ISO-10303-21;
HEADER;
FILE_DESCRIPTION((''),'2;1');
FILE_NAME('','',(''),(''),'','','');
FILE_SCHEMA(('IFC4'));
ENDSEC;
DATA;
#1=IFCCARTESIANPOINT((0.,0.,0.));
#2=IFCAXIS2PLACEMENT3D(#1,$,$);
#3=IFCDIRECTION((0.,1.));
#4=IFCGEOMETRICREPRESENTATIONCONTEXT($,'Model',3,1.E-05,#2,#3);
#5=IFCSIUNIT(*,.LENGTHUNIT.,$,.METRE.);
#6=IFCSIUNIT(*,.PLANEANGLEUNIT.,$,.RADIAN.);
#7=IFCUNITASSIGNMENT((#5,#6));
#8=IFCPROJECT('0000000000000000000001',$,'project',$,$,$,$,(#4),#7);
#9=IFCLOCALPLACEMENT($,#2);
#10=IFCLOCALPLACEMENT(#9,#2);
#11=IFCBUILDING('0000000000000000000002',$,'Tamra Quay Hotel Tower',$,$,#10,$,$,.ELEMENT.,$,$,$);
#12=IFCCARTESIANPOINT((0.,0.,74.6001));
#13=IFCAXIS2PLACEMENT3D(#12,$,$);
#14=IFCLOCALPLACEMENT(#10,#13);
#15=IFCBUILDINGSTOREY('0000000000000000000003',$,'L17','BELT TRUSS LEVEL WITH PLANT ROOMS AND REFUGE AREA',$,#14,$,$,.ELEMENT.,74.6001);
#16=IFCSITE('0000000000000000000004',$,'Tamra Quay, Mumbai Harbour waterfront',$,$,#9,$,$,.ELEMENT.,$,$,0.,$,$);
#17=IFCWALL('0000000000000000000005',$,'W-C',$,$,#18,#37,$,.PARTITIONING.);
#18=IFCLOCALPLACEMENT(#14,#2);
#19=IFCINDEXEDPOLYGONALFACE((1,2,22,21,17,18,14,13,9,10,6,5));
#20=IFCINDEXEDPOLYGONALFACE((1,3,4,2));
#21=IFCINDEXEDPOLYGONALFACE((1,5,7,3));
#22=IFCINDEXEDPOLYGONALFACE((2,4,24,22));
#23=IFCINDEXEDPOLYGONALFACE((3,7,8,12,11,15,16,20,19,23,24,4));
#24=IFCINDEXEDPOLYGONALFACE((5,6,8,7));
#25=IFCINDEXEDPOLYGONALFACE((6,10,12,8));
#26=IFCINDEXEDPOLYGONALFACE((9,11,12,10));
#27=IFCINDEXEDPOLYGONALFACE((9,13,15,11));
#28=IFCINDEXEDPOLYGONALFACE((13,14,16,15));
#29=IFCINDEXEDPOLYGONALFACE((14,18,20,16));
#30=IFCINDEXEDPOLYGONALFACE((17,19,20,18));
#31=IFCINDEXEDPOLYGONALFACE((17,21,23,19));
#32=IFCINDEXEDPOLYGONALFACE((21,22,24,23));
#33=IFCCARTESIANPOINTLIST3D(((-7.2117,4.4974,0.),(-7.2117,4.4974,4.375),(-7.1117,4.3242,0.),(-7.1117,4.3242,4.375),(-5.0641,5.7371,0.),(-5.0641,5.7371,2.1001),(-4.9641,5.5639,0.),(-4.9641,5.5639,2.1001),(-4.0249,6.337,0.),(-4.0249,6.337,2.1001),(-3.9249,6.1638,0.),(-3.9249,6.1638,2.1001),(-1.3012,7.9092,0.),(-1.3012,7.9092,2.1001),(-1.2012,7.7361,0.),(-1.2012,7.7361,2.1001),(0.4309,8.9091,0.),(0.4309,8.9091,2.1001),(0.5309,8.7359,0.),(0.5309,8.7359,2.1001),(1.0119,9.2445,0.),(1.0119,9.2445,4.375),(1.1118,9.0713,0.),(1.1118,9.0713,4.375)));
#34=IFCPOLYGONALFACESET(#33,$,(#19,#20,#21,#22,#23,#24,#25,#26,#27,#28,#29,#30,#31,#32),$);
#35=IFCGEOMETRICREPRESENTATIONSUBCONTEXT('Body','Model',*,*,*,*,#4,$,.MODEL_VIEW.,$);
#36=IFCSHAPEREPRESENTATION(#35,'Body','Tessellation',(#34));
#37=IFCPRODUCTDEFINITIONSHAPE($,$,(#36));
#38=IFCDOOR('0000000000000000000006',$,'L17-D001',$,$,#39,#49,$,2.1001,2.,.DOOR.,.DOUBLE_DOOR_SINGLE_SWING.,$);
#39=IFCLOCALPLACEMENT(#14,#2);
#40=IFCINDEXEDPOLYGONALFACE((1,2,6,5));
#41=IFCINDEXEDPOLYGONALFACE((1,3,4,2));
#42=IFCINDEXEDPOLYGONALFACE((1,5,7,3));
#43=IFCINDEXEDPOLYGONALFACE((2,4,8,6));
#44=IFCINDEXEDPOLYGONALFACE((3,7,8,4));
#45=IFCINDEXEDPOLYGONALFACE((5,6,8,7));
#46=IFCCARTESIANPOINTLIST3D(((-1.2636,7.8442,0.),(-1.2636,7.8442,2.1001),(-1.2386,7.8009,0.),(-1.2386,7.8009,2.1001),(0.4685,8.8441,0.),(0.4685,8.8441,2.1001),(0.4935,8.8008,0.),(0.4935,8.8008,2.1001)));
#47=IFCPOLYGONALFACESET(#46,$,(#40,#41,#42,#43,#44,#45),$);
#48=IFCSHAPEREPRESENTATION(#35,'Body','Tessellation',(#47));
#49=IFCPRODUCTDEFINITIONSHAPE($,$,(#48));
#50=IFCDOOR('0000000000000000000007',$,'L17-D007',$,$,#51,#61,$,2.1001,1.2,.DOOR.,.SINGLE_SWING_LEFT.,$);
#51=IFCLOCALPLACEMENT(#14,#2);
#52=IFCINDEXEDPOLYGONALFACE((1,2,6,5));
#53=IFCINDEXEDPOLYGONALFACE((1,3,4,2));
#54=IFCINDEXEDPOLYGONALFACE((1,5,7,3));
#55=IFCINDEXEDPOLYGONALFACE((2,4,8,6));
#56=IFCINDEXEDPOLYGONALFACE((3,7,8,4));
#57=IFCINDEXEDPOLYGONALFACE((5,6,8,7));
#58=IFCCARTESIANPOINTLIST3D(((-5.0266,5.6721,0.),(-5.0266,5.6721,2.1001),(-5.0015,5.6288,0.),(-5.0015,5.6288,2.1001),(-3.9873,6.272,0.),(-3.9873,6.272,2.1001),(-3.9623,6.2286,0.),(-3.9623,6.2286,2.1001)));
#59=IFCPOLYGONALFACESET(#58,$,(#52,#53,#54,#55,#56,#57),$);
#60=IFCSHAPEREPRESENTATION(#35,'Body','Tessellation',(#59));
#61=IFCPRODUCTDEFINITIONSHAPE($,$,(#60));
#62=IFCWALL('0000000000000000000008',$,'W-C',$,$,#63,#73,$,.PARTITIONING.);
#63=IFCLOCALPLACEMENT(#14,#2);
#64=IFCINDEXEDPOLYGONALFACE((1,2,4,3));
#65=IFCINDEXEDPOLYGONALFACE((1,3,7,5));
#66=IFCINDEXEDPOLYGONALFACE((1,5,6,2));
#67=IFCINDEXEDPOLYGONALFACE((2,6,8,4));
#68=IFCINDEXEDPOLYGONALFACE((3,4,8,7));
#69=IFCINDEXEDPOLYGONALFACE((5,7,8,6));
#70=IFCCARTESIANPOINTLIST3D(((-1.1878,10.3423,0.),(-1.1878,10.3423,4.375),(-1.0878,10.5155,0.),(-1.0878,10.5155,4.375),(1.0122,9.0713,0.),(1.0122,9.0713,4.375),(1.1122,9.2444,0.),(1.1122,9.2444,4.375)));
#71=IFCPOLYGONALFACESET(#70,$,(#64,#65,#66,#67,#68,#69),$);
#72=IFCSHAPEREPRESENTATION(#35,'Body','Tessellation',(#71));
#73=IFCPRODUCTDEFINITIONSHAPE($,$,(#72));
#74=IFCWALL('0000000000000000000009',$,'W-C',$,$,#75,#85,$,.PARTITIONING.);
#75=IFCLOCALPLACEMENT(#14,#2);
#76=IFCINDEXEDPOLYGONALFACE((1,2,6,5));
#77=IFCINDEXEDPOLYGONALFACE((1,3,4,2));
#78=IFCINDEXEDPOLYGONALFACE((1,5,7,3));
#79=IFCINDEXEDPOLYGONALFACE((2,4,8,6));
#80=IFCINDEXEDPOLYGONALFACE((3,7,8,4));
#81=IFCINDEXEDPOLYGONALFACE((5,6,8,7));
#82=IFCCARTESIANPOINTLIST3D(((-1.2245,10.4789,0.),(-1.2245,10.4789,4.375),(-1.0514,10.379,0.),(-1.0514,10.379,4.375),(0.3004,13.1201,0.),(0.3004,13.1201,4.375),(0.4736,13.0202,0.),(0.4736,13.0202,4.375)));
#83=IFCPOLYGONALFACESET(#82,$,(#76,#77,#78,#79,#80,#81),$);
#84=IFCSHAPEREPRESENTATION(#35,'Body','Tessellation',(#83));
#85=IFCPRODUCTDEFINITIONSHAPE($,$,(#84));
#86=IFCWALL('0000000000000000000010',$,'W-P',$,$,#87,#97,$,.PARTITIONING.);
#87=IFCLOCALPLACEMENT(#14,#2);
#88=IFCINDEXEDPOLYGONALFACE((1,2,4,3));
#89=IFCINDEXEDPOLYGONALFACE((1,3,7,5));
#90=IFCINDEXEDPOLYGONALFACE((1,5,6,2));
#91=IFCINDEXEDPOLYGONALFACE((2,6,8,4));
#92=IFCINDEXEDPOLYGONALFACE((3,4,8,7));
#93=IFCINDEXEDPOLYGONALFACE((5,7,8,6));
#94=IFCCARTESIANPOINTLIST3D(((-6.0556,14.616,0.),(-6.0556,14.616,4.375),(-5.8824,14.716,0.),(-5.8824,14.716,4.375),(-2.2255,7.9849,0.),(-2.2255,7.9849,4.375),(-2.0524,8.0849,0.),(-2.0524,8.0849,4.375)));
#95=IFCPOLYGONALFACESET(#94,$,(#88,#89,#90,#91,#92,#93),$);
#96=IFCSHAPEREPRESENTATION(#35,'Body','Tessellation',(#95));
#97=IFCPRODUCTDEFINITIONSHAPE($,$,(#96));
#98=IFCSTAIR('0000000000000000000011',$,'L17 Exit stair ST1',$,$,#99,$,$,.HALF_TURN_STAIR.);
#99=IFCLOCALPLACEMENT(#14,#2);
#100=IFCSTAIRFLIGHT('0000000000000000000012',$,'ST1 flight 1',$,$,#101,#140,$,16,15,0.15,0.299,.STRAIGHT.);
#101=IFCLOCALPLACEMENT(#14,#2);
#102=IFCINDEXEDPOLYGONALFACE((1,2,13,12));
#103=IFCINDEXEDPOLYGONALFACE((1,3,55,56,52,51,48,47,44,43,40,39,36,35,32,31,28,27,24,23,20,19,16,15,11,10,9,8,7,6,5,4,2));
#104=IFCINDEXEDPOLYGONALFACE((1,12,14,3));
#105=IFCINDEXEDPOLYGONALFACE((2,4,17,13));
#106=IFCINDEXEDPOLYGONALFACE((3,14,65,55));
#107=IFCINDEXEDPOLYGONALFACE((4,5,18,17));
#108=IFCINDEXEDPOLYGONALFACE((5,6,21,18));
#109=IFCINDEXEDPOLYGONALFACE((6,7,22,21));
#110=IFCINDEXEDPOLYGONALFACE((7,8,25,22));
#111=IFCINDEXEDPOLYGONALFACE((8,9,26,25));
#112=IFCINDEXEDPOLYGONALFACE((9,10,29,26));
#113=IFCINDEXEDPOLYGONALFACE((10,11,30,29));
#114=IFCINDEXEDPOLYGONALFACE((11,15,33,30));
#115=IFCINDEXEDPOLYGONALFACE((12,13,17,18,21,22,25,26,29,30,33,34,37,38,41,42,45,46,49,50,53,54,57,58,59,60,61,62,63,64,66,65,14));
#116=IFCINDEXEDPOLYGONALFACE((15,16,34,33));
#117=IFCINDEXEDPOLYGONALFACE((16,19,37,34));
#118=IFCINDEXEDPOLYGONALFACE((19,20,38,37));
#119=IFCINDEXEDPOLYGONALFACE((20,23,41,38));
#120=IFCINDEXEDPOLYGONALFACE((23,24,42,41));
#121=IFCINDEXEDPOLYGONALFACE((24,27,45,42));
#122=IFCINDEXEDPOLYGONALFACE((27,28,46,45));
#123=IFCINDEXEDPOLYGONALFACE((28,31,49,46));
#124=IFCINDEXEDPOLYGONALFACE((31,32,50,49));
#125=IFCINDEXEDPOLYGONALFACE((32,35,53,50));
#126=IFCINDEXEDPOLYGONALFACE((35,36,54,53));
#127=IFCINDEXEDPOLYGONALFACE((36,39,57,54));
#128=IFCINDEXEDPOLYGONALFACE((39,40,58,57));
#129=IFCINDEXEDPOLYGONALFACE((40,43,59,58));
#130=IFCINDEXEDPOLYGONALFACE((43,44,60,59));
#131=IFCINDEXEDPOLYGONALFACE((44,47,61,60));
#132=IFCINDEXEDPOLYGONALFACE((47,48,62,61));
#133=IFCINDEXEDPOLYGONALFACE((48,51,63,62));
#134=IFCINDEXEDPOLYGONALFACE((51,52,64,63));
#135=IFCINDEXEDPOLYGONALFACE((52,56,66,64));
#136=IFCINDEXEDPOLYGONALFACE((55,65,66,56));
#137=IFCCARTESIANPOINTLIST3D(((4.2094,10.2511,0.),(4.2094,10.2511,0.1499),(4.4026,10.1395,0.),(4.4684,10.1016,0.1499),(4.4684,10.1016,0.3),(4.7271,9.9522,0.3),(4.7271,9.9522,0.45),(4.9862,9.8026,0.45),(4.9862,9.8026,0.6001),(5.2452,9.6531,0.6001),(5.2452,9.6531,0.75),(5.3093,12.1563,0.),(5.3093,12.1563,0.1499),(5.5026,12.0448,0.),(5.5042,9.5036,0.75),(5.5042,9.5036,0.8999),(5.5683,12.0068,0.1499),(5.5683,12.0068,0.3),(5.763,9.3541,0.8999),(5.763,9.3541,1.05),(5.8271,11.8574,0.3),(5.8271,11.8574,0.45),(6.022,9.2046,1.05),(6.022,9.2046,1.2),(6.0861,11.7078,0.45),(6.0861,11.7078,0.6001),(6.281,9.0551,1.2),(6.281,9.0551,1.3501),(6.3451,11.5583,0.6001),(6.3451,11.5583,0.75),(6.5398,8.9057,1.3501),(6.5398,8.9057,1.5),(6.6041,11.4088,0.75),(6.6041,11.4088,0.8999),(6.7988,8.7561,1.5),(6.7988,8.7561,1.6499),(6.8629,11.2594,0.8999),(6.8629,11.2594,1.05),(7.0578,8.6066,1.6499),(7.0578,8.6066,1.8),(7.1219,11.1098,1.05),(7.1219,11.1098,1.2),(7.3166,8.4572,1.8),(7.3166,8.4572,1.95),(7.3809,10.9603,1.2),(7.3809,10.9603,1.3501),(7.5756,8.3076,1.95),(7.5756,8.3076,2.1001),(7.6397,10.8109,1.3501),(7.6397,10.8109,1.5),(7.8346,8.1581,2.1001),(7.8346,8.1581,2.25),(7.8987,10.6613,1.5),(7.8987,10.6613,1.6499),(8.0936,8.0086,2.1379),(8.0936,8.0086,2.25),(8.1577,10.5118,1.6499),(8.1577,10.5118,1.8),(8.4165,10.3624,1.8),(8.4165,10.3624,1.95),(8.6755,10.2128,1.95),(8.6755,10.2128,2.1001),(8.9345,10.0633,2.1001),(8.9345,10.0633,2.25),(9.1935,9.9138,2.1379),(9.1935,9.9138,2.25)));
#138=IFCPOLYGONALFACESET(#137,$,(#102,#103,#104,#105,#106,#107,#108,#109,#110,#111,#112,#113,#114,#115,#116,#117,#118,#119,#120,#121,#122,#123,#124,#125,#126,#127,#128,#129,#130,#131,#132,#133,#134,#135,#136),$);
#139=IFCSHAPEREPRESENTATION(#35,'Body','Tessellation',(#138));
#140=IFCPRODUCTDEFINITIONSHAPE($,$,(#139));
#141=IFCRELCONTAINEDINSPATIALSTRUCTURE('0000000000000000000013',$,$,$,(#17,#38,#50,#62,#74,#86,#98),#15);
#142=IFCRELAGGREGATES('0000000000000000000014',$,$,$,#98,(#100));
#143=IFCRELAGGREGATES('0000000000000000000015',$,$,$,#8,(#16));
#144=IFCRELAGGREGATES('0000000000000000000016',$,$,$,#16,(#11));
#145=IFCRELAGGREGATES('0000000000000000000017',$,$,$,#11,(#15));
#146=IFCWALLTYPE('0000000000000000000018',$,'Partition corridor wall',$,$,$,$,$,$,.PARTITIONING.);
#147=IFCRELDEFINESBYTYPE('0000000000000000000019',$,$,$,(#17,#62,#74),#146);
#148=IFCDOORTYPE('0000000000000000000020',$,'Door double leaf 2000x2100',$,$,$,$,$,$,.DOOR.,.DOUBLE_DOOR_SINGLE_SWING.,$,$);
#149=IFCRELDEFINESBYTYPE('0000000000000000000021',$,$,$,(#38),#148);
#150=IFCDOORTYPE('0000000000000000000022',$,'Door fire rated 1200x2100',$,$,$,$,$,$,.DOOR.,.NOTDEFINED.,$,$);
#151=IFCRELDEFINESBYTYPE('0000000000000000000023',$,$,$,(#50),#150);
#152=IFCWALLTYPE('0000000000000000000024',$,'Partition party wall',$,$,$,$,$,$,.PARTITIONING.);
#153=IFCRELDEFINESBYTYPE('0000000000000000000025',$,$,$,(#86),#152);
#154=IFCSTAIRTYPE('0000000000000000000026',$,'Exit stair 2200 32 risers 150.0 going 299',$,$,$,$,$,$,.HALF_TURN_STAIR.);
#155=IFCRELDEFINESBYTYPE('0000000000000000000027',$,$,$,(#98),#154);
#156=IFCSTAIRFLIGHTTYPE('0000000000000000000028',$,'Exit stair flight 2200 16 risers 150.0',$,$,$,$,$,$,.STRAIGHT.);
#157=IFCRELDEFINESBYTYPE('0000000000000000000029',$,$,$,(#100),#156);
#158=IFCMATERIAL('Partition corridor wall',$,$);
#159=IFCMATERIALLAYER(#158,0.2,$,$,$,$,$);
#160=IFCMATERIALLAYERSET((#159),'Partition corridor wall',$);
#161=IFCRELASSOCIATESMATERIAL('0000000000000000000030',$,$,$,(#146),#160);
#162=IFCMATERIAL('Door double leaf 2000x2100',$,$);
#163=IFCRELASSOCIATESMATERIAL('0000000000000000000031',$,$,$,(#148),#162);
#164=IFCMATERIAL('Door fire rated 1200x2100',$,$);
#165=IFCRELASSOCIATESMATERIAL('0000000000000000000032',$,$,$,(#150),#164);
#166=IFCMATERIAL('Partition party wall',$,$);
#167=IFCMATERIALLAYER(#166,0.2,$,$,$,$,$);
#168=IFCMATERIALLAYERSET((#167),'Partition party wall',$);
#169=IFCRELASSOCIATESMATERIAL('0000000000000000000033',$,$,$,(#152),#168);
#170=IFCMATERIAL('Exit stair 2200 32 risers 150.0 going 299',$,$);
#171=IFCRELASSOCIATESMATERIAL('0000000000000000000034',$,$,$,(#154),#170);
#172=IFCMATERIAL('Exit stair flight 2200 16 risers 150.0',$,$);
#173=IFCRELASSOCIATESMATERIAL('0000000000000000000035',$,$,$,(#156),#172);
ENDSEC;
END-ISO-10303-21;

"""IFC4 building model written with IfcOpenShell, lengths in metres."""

from ifc_helpers import new_model, si_unit, direction, frame, frame_2d, origin, place, context, subcontext, project, spatial, polyline, rectangle, outline, extrude, material, layer, layer_set, type_object, element, fill, aggregate, save


model = new_model("IFC4")

# Units and contexts
model_context = context("Model", 3, precision=1e-05, world=origin(), true_north=direction((0.0, 1.0)))
body_context = subcontext(model_context, "Body", "Model", "MODEL_VIEW")
ifc_project = project(units=[si_unit("LENGTHUNIT", "METRE"), si_unit("PLANEANGLEUNIT", "RADIAN")], contexts=[model_context])

# Site, building, storey
site_placement = place(None, origin())
site = spatial("IfcSite", under=ifc_project, at=site_placement, Name="Tamra Quay, Mumbai Harbour waterfront", CompositionType="ELEMENT", RefElevation=0.0)
building_placement = place(site_placement, origin())
building = spatial("IfcBuilding", under=site, at=building_placement, Name="Tamra Quay Hotel Tower", CompositionType="ELEMENT")
storey_placement = place(building_placement, frame((0.0, 0.0, 74.6001)))
storey = spatial("IfcBuildingStorey", under=building, at=storey_placement, Name="L17", Description="BELT TRUSS LEVEL WITH PLANT ROOMS AND REFUGE AREA", CompositionType="ELEMENT", Elevation=74.6001)

# Wall, openings, doors
ifc_material_1 = material(Name="Partition corridor wall")
ifc_layer_1 = layer(ifc_material_1, 0.2)
ifc_layer_set_1 = layer_set([ifc_layer_1], Name="Partition corridor wall")
wall_type_1 = type_object("IfcWallType", Name="Partition corridor wall", PredefinedType="PARTITIONING", material=ifc_layer_set_1)
wall_1_placement = place(storey_placement, frame((-7.1616, 4.4109, 0.0), z_axis=(0.0, 0.0, 1.0), x_axis=(0.866064, 0.499933, 0.0)))
wall_1 = element("IfcWall", 1, at=wall_1_placement, inside=storey, type_object=wall_type_1, Name="W-C", PredefinedType="PARTITIONING", context=body_context, shape_type="SweptSolid", body=[
    extrude(rectangle(XDim=9.4954, YDim=0.2, at=frame_2d((4.7476, 0.0))), origin(), (0.0, 0.0, 1.0), 4.375),
])
opening_1_placement = place(wall_1_placement, frame((6.8245, 0.0, 0.0)))
opening_1 = element("IfcOpeningElement", 2, at=opening_1_placement, cuts=wall_1, PredefinedType="OPENING", context=body_context, shape_type="SweptSolid", body=[
    extrude(rectangle(XDim=2.0, YDim=2.1001, at=frame_2d((1.0, 1.05))), frame((0.0, 0.1099, 0.0), z_axis=(0.0, -1.0, 0.0), x_axis=(1.0, 0.0, 0.0)), (0.0, 0.0, 1.0), 0.22),
])
opening_2_placement = place(wall_1_placement, frame((2.4795, 0.0, 0.0)))
opening_2 = element("IfcOpeningElement", 3, at=opening_2_placement, cuts=wall_1, PredefinedType="OPENING", context=body_context, shape_type="SweptSolid", body=[
    extrude(rectangle(XDim=1.2, YDim=2.1001, at=frame_2d((0.6001, 1.05))), frame((0.0, 0.1099, 0.0), z_axis=(0.0, -1.0, 0.0), x_axis=(1.0, 0.0, 0.0)), (0.0, 0.0, 1.0), 0.22),
])
ifc_material_2 = material(Name="Door double leaf 2000x2100")
door_type_1 = type_object("IfcDoorType", Name="Door double leaf 2000x2100", OperationType="DOUBLE_DOOR_SINGLE_SWING", PredefinedType="DOOR", material=ifc_material_2)
door_1_placement = place(opening_1_placement, origin())
door_1 = element("IfcDoor", 4, at=door_1_placement, inside=storey, type_object=door_type_1, Name="L17-D001", OperationType="DOUBLE_DOOR_SINGLE_SWING", OverallHeight=2.1001, OverallWidth=2.0, PredefinedType="DOOR", context=body_context, shape_type="SweptSolid", body=[
    extrude(rectangle(XDim=2.0, YDim=2.1001, at=frame_2d((1.0, 1.05))), frame((0.0, 0.0249, 0.0), z_axis=(0.0, -1.0, 0.0), x_axis=(1.0, 0.0, 0.0)), (0.0, 0.0, 1.0), 0.05),
])
fill(opening_1, door_1)
ifc_material_3 = material(Name="Door fire rated 1200x2100")
door_type_2 = type_object("IfcDoorType", Name="Door fire rated 1200x2100", OperationType="NOTDEFINED", PredefinedType="DOOR", material=ifc_material_3)
door_2_placement = place(opening_2_placement, origin())
door_2 = element("IfcDoor", 5, at=door_2_placement, inside=storey, type_object=door_type_2, Name="L17-D007", OperationType="SINGLE_SWING_LEFT", OverallHeight=2.1001, OverallWidth=1.2, PredefinedType="DOOR", context=body_context, shape_type="SweptSolid", body=[
    extrude(rectangle(XDim=1.2, YDim=2.1001, at=frame_2d((0.6001, 1.05))), frame((0.0, 0.0249, 0.0), z_axis=(0.0, -1.0, 0.0), x_axis=(1.0, 0.0, 0.0)), (0.0, 0.0, 1.0), 0.05),
])
fill(opening_2, door_2)

# Walls
wall_2_placement = place(storey_placement, frame((-1.1379, 10.429, 0.0), z_axis=(0.0, 0.0, 1.0), x_axis=(0.86588, -0.500252, 0.0)))
element("IfcWall", 6, at=wall_2_placement, inside=storey, type_object=wall_type_1, Name="W-C", PredefinedType="PARTITIONING", context=body_context, shape_type="SweptSolid", body=[
    extrude(rectangle(XDim=2.5408, YDim=0.2, at=frame_2d((1.2705, 0.0))), origin(), (0.0, 0.0, 1.0), 4.375),
])
wall_3_placement = place(storey_placement, frame((-1.1379, 10.429, 0.0), z_axis=(0.0, 0.0, 1.0), x_axis=(0.500013, 0.866018, 0.0)))
element("IfcWall", 7, at=wall_3_placement, inside=storey, type_object=wall_type_1, Name="W-C", PredefinedType="PARTITIONING", context=body_context, shape_type="SweptSolid", body=[
    extrude(rectangle(XDim=3.0498, YDim=0.2, at=frame_2d((1.5249, 0.0))), origin(), (0.0, 0.0, 1.0), 4.375),
])
ifc_material_4 = material(Name="Partition party wall")
ifc_layer_2 = layer(ifc_material_4, 0.2)
ifc_layer_set_2 = layer_set([ifc_layer_2], Name="Partition party wall")
wall_type_2 = type_object("IfcWallType", Name="Partition party wall", PredefinedType="PARTITIONING", material=ifc_layer_set_2)
wall_4_placement = place(storey_placement, frame((-5.969, 14.666, 0.0), z_axis=(0.0, 0.0, 1.0), x_axis=(0.500158, -0.865934, 0.0)))
element("IfcWall", 8, at=wall_4_placement, inside=storey, type_object=wall_type_2, Name="W-P", PredefinedType="PARTITIONING", context=body_context, shape_type="SweptSolid", body=[
    extrude(rectangle(XDim=7.6577, YDim=0.2, at=frame_2d((3.8289, 0.0))), origin(), (0.0, 0.0, 1.0), 4.375),
])

# Stair, stair flight
ifc_material_5 = material(Name="Exit stair 2200 32 risers 150.0 going 299")
stair_type = type_object("IfcStairType", Name="Exit stair 2200 32 risers 150.0 going 299", PredefinedType="HALF_TURN_STAIR", material=ifc_material_5)
stair_placement = place(storey_placement, origin())
stair = element("IfcStair", 9, at=stair_placement, inside=storey, type_object=stair_type, Name="L17 Exit stair ST1", PredefinedType="HALF_TURN_STAIR")
ifc_material_6 = material(Name="Exit stair flight 2200 16 risers 150.0")
stair_flight_type = type_object("IfcStairFlightType", Name="Exit stair flight 2200 16 risers 150.0", PredefinedType="STRAIGHT", material=ifc_material_6)
stair_flight_placement = place(storey_placement, frame((4.7593, 11.2036, 0.0), z_axis=(0.0, 0.0, 1.0), x_axis=(0.866025, -0.5, 0.0)))
stair_flight = element("IfcStairFlight", 10, at=stair_flight_placement, type_object=stair_flight_type, Name="ST1 flight 1", NumberOfRisers=16, NumberOfTreads=15, PredefinedType="STRAIGHT", RiserHeight=0.15, TreadLength=0.299, context=body_context, shape_type="SweptSolid", body=[
    extrude(outline(polyline([(0.0, 0.0), (0.0, 0.1499), (0.2991, 0.1499), (0.2991, 0.3), (0.5979, 0.3), (0.5979, 0.45), (0.897, 0.45), (0.897, 0.6001), (1.196, 0.6001), (1.196, 0.75), (1.4951, 0.75), (1.4951, 0.8999), (1.7939, 0.8999), (1.7939, 1.05), (2.093, 1.05), (2.093, 1.2), (2.3921, 1.2), (2.3921, 1.3501), (2.6909, 1.3501), (2.6909, 1.5), (2.99, 1.5), (2.99, 1.6499), (3.2891, 1.6499), (3.2891, 1.8), (3.5879, 1.8), (3.5879, 1.95), (3.887, 1.95), (3.887, 2.1001), (4.186, 2.1001), (4.186, 2.25), (4.4851, 2.25), (4.4851, 2.3999), (4.4851, 2.1379), (0.2231, 0.0), (0.0, 0.0)])), frame((0.0, 1.1001, 0.0), z_axis=(0.0, -1.0, 0.0), x_axis=(1.0, 0.0, 0.0)), (0.0, 0.0, 1.0), 2.2),
])
aggregate(stair, [stair_flight])

save(model, "model.ifc")
